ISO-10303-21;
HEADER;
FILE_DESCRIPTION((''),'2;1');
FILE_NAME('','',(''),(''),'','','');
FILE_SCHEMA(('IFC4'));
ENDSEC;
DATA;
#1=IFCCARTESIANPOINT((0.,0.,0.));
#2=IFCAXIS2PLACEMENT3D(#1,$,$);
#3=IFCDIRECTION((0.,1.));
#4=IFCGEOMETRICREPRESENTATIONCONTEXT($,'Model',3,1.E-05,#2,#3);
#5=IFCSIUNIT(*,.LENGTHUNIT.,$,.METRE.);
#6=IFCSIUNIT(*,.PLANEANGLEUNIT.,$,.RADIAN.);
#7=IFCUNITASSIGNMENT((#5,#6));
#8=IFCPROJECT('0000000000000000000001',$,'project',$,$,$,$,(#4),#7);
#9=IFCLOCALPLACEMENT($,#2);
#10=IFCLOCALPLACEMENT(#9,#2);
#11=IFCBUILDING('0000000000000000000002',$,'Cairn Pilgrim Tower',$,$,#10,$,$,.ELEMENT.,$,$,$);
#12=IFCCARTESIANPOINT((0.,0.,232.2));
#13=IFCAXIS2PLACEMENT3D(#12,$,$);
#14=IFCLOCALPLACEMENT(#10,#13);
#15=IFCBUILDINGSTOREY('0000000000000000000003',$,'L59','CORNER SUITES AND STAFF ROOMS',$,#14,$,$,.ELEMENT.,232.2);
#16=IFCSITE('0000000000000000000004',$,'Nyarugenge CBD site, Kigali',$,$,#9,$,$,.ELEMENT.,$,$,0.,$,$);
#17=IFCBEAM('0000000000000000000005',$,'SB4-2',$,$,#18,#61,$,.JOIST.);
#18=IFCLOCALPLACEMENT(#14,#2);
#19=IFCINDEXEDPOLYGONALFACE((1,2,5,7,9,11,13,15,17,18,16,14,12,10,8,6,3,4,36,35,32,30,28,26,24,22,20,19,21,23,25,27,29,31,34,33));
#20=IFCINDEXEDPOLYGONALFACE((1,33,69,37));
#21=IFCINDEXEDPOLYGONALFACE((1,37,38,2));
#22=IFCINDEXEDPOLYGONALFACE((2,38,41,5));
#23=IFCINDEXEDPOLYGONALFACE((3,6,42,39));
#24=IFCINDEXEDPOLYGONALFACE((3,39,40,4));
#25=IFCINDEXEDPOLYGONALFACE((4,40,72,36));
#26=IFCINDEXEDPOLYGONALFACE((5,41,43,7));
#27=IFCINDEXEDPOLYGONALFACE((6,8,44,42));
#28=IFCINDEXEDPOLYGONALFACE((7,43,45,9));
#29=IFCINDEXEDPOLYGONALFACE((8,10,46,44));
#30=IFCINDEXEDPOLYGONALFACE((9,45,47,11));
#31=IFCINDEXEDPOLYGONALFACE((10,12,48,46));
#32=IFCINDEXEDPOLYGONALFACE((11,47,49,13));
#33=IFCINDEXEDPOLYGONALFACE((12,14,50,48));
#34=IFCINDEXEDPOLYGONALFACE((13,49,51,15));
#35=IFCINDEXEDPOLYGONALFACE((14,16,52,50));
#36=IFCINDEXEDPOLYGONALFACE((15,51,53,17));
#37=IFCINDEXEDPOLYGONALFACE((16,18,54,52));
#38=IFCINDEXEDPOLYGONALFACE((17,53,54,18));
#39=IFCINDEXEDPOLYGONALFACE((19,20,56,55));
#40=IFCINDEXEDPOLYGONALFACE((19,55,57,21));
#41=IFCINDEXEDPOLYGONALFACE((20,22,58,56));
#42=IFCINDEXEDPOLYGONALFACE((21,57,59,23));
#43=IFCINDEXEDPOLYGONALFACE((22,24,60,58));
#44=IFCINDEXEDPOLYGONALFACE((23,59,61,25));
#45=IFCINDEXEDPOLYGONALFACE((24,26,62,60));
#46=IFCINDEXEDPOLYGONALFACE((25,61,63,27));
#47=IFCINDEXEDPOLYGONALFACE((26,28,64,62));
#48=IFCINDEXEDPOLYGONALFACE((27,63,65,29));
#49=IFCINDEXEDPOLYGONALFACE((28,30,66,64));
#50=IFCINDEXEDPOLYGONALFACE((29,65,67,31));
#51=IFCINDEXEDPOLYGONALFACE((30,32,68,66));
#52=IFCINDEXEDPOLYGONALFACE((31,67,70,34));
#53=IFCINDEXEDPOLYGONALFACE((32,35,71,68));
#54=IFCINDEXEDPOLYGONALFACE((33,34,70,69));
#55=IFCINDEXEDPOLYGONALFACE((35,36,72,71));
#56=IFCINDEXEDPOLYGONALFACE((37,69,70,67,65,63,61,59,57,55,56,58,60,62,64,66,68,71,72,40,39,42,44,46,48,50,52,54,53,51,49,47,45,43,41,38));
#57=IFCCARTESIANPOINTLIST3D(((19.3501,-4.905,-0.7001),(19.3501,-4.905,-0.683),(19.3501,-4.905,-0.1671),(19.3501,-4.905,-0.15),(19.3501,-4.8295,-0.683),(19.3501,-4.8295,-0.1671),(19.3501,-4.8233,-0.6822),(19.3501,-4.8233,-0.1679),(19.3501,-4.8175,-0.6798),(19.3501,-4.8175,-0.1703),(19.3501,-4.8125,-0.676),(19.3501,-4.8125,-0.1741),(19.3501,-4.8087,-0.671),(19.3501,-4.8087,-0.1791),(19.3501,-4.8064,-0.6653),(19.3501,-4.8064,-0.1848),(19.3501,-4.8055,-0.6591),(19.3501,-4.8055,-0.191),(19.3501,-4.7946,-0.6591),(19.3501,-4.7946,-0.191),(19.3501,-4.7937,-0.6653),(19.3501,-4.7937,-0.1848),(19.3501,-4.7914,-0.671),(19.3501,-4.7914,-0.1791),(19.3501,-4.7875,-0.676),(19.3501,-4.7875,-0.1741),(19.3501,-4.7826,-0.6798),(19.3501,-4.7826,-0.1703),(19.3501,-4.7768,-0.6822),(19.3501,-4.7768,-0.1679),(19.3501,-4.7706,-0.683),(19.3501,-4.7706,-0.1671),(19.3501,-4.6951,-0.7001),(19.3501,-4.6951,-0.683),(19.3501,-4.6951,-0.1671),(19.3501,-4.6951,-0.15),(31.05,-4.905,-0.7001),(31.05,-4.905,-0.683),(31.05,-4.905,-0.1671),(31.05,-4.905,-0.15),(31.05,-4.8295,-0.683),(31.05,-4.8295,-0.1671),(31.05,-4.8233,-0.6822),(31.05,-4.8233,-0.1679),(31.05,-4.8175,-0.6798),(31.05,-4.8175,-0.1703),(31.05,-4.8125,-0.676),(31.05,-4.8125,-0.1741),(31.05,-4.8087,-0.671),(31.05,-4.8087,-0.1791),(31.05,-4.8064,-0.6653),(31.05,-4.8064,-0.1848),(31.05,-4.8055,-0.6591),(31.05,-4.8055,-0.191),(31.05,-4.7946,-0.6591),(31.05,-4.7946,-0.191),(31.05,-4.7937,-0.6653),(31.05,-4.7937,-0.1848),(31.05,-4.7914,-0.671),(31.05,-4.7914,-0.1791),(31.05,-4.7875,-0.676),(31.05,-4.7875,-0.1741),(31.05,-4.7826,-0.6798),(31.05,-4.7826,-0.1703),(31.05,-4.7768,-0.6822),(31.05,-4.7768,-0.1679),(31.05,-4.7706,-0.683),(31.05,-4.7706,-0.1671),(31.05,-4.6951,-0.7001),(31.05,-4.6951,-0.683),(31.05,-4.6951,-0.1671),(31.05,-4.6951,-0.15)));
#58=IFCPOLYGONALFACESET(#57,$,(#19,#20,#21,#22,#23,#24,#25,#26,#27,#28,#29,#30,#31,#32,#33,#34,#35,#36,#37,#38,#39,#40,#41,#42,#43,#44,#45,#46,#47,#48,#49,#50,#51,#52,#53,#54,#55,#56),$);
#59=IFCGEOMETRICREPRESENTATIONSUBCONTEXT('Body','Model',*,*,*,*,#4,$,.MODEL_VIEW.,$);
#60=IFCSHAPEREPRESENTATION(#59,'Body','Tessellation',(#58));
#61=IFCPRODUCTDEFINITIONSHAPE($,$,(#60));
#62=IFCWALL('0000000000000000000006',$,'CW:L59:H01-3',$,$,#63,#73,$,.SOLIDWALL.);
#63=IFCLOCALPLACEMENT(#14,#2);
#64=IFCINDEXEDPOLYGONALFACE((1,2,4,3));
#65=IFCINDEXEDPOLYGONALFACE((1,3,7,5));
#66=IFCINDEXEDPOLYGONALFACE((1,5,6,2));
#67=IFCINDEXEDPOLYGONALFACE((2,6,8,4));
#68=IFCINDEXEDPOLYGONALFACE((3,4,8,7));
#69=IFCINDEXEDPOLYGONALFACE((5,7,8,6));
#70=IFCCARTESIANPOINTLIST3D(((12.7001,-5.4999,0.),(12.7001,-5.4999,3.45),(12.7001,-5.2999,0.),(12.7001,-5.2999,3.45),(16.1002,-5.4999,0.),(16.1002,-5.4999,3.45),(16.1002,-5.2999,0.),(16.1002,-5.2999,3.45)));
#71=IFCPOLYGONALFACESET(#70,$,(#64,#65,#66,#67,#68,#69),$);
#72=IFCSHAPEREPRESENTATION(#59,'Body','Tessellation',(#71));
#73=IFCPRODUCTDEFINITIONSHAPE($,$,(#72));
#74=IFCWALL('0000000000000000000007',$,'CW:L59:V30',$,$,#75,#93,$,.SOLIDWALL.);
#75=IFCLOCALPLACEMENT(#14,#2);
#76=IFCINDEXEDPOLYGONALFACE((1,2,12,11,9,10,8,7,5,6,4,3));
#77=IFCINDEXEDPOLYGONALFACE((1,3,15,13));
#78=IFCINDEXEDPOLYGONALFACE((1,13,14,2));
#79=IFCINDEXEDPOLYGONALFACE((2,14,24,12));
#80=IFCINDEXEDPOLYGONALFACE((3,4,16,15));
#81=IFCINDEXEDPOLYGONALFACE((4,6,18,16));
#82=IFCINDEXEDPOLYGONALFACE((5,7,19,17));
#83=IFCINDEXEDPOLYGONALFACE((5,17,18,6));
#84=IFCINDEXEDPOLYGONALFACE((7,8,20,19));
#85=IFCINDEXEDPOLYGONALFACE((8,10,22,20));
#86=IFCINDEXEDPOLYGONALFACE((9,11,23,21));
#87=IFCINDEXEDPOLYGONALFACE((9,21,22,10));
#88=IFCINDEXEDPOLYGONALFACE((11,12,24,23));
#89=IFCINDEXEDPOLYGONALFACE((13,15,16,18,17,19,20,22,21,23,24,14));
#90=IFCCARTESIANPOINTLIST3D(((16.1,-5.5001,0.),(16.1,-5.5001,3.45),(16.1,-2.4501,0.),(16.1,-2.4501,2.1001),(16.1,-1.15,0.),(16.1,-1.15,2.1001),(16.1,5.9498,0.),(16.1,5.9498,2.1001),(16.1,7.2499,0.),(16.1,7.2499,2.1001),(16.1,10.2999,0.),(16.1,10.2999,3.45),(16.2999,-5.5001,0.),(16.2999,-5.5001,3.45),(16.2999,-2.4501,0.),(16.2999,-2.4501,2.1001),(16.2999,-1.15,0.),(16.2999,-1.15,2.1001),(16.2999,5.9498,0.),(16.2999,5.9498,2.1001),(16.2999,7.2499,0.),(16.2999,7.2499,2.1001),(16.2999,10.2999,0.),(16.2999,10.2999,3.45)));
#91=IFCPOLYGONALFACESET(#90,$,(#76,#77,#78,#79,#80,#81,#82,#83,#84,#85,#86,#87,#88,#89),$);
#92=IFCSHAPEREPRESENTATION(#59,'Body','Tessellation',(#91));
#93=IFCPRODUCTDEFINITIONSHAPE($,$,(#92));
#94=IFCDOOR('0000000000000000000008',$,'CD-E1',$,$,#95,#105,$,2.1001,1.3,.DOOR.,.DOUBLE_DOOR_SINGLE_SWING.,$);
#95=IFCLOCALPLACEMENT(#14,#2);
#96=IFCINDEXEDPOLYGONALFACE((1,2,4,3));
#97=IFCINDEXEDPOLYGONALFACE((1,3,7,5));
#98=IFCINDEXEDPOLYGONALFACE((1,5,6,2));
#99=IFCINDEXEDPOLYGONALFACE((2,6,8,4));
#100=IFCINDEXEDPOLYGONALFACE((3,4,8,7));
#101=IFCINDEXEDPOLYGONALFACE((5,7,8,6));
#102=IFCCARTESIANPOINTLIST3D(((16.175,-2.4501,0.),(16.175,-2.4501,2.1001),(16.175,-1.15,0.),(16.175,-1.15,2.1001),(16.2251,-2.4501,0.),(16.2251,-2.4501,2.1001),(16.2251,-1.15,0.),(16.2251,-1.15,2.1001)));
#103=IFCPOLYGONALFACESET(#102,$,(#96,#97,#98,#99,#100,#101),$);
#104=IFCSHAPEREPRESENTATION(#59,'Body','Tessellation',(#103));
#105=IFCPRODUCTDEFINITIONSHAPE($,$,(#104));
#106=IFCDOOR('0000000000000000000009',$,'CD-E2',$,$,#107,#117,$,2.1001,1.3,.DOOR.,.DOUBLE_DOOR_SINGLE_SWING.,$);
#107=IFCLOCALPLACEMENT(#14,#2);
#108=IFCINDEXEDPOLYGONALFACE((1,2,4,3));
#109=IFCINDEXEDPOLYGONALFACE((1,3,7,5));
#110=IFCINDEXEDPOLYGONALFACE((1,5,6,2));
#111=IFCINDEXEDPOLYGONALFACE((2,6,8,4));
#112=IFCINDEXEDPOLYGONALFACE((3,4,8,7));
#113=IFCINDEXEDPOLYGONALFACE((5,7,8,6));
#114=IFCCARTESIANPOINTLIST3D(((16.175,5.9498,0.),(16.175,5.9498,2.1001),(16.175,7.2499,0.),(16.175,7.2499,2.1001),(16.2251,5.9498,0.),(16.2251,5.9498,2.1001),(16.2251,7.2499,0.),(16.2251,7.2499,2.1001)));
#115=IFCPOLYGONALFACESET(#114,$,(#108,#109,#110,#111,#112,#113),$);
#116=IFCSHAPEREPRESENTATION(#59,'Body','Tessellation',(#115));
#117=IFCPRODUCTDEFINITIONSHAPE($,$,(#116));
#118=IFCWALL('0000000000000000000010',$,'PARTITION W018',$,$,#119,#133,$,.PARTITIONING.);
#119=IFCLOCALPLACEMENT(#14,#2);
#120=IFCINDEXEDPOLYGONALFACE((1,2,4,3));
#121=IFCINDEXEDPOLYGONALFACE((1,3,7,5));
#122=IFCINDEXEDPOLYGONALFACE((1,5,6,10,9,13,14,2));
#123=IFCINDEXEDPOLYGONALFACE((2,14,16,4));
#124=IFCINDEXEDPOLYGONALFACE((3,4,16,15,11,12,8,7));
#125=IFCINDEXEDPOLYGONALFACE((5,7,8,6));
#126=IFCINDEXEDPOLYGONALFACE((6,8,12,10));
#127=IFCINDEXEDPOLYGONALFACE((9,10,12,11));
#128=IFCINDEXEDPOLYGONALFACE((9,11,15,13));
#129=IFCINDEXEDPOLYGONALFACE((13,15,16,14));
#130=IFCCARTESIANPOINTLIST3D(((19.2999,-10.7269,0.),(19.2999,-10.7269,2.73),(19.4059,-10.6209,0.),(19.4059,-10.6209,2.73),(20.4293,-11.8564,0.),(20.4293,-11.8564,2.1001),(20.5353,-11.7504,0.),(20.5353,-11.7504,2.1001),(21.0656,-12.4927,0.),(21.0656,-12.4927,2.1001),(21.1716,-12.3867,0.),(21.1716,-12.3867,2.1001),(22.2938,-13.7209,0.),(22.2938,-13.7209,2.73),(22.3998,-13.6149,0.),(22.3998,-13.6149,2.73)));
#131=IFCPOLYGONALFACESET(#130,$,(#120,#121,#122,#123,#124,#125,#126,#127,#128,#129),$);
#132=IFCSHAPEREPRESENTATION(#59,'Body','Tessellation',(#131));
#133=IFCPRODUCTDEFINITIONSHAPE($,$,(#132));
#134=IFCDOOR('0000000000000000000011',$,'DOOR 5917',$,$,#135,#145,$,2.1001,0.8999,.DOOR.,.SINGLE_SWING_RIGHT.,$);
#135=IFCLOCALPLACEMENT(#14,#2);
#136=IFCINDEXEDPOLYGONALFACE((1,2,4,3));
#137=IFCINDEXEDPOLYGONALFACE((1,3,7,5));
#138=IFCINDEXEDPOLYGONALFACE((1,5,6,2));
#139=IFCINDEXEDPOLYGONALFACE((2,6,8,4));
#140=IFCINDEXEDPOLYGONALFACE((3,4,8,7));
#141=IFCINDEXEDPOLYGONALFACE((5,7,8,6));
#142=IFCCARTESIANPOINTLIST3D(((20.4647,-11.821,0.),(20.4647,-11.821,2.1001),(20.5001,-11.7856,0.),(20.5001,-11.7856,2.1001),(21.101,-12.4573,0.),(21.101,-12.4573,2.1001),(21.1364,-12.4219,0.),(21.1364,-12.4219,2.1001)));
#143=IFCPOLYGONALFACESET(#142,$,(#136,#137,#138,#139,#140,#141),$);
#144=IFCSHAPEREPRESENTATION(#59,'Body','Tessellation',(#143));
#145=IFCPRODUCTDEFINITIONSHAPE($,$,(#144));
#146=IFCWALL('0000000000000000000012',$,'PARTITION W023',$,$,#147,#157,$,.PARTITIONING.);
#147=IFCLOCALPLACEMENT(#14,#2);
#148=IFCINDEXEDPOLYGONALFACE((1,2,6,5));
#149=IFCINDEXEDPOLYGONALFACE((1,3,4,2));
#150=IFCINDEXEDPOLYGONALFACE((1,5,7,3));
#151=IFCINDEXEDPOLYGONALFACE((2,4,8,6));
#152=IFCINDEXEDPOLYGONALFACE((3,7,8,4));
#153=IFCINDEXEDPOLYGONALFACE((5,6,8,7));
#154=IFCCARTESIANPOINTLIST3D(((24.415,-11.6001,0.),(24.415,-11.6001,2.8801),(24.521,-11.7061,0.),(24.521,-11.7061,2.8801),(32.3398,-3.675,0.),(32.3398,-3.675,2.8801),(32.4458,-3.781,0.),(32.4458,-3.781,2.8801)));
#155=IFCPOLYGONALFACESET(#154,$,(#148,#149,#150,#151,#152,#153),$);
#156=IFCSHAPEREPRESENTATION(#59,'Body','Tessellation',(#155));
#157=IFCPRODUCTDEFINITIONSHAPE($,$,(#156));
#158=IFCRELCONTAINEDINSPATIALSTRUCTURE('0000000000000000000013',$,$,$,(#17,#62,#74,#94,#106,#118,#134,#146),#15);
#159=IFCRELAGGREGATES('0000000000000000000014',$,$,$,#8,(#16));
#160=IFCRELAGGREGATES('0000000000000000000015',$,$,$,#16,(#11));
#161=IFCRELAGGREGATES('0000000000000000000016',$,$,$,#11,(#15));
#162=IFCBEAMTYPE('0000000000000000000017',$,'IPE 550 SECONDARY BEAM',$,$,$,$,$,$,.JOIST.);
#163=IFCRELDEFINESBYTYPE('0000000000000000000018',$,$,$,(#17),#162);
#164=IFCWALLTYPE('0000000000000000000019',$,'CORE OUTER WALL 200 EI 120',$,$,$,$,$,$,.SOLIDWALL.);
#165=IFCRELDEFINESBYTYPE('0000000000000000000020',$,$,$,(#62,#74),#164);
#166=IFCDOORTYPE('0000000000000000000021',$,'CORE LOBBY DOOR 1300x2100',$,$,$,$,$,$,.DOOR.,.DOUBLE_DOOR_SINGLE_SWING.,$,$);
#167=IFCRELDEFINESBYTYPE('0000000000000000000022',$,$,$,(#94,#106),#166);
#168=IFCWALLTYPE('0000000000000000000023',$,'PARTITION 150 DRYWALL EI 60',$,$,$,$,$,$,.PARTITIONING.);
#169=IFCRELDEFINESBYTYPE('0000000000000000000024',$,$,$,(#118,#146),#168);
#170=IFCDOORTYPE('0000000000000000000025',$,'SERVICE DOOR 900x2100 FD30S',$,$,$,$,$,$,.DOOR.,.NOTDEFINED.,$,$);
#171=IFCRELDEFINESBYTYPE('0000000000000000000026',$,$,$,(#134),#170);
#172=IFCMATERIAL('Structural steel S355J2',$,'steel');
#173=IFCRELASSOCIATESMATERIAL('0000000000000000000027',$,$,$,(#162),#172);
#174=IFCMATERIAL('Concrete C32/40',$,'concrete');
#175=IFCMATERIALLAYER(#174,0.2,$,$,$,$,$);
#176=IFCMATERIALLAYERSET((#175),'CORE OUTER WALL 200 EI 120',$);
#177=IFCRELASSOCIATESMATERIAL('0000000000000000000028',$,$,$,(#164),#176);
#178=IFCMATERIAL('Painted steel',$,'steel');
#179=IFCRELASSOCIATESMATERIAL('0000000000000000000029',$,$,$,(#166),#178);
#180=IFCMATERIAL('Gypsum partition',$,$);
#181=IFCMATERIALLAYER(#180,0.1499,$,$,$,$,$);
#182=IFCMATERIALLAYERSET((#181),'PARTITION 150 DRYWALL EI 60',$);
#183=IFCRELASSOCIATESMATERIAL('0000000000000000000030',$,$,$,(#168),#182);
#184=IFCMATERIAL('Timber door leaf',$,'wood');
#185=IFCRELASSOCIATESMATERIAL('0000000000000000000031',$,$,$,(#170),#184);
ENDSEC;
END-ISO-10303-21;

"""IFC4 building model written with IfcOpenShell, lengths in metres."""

from ifc_helpers import new_model, si_unit, direction, frame, frame_2d, origin, origin_2d, place, context, subcontext, project, spatial, rectangle, i_section, extrude, material, layer, layer_set, material_profile, profile_set, type_object, element, fill, save


model = new_model("IFC4")

# Units and contexts
model_context = context("Model", 3, precision=1e-05, world=origin(), true_north=direction((0.0, 1.0)))
body_context = subcontext(model_context, "Body", "Model", "MODEL_VIEW")
ifc_project = project(units=[si_unit("LENGTHUNIT", "METRE"), si_unit("PLANEANGLEUNIT", "RADIAN")], contexts=[model_context])

# Site, building, storey
site_placement = place(None, origin())
site = spatial("IfcSite", under=ifc_project, at=site_placement, Name="Nyarugenge CBD site, Kigali", CompositionType="ELEMENT", RefElevation=0.0)
building_placement = place(site_placement, origin())
building = spatial("IfcBuilding", under=site, at=building_placement, Name="Cairn Pilgrim Tower", CompositionType="ELEMENT")
storey_placement = place(building_placement, frame((0.0, 0.0, 232.2)))
storey = spatial("IfcBuildingStorey", under=building, at=storey_placement, Name="L59", Description="CORNER SUITES AND STAFF ROOMS", CompositionType="ELEMENT", Elevation=232.2)

# Shared definitions
ifc_material_1 = material(Name="Structural steel S355J2", Category="steel")

# Beam
ifc_material_profile_1 = material_profile(ifc_material_1, i_section(OverallWidth=0.21, OverallDepth=0.55, WebThickness=0.011, FlangeThickness=0.0171, FilletRadius=0.0239, at=origin_2d()), Name="IPE 550")
ifc_profile_set_1 = profile_set([ifc_material_profile_1], Name="Structural steel S355J2")
beam_type_1 = type_object("IfcBeamType", Name="IPE 550 SECONDARY BEAM", PredefinedType="JOIST", material=ifc_profile_set_1)
for number, where, z_axis, x_axis, name in (
    (1, (19.3501, -4.8, -0.425), (1.0, 0.0, 0.0), (0.0, 1.0, 0.0), "SB4-2"),
):
    element("IfcBeam", number, at=place(storey_placement, frame(where, z_axis=z_axis, x_axis=x_axis)), inside=storey, type_object=beam_type_1, Name=name, PredefinedType="JOIST", context=body_context, shape_type="SweptSolid", body=[
        extrude(i_section(OverallWidth=0.21, OverallDepth=0.55, WebThickness=0.011, FlangeThickness=0.0171, FilletRadius=0.0239, at=origin_2d()), origin(), (0.0, 0.0, 1.0), 11.7),
    ])

# Wall
ifc_material_2 = material(Name="Concrete C32/40", Category="concrete")
ifc_layer_1 = layer(ifc_material_2, 0.2)
ifc_layer_set_1 = layer_set([ifc_layer_1], Name="CORE OUTER WALL 200 EI 120")
wall_type_1 = type_object("IfcWallType", Name="CORE OUTER WALL 200 EI 120", PredefinedType="SOLIDWALL", material=ifc_layer_set_1)
wall_1_placement = place(storey_placement, frame((12.7, -5.3999, 0.0), z_axis=(0.0, 0.0, 1.0), x_axis=(1.0, 0.0, 0.0)))
element("IfcWall", 2, at=wall_1_placement, inside=storey, type_object=wall_type_1, Name="CW:L59:H01-3", PredefinedType="SOLIDWALL", context=body_context, shape_type="SweptSolid", body=[
    extrude(rectangle(XDim=3.4001, YDim=0.2, at=frame_2d((1.7002, 0.0))), origin(), (0.0, 0.0, 1.0), 3.45),
])

# Wall, openings, doors
wall_2_placement = place(storey_placement, frame((16.2, -5.5, 0.0), z_axis=(0.0, 0.0, 1.0), x_axis=(0.0, 1.0, 0.0)))
wall_2 = element("IfcWall", 3, at=wall_2_placement, inside=storey, type_object=wall_type_1, Name="CW:L59:V30", PredefinedType="SOLIDWALL", context=body_context, shape_type="SweptSolid", body=[
    extrude(rectangle(XDim=15.8, YDim=0.2, at=frame_2d((7.8999, 0.0))), origin(), (0.0, 0.0, 1.0), 3.45),
])
opening_1_placement = place(wall_2_placement, frame((3.05, 0.0, 0.0)))
opening_1 = element("IfcOpeningElement", 4, at=opening_1_placement, cuts=wall_2, PredefinedType="OPENING", context=body_context, shape_type="SweptSolid", body=[
    extrude(rectangle(XDim=1.3, YDim=2.1001, at=frame_2d((0.6499, 1.05))), frame((0.0, 0.1099, 0.0), z_axis=(0.0, -1.0, 0.0), x_axis=(1.0, 0.0, 0.0)), (0.0, 0.0, 1.0), 0.22),
])
opening_2_placement = place(wall_2_placement, frame((11.45, 0.0, 0.0)))
opening_2 = element("IfcOpeningElement", 5, at=opening_2_placement, cuts=wall_2, PredefinedType="OPENING", context=body_context, shape_type="SweptSolid", body=[
    extrude(rectangle(XDim=1.3, YDim=2.1001, at=frame_2d((0.6499, 1.05))), frame((0.0, 0.1099, 0.0), z_axis=(0.0, -1.0, 0.0), x_axis=(1.0, 0.0, 0.0)), (0.0, 0.0, 1.0), 0.22),
])
ifc_material_3 = material(Name="Painted steel", Category="steel")
door_type_1 = type_object("IfcDoorType", Name="CORE LOBBY DOOR 1300x2100", OperationType="DOUBLE_DOOR_SINGLE_SWING", PredefinedType="DOOR", material=ifc_material_3)
door_1_placement = place(opening_1_placement, origin())
door_1 = element("IfcDoor", 6, at=door_1_placement, inside=storey, type_object=door_type_1, Name="CD-E1", OperationType="DOUBLE_DOOR_SINGLE_SWING", OverallHeight=2.1001, OverallWidth=1.3, PredefinedType="DOOR", context=body_context, shape_type="SweptSolid", body=[
    extrude(rectangle(XDim=1.3, YDim=2.1001, at=frame_2d((0.6499, 1.05))), frame((0.0, 0.0249, 0.0), z_axis=(0.0, -1.0, 0.0), x_axis=(1.0, 0.0, 0.0)), (0.0, 0.0, 1.0), 0.05),
])
fill(opening_1, door_1)
door_2_placement = place(opening_2_placement, origin())
door_2 = element("IfcDoor", 7, at=door_2_placement, inside=storey, type_object=door_type_1, Name="CD-E2", OperationType="DOUBLE_DOOR_SINGLE_SWING", OverallHeight=2.1001, OverallWidth=1.3, PredefinedType="DOOR", context=body_context, shape_type="SweptSolid", body=[
    extrude(rectangle(XDim=1.3, YDim=2.1001, at=frame_2d((0.6499, 1.05))), frame((0.0, 0.0249, 0.0), z_axis=(0.0, -1.0, 0.0), x_axis=(1.0, 0.0, 0.0)), (0.0, 0.0, 1.0), 0.05),
])
fill(opening_2, door_2)

# Wall, opening, door
ifc_material_4 = material(Name="Gypsum partition")
ifc_layer_2 = layer(ifc_material_4, 0.1499)
ifc_layer_set_2 = layer_set([ifc_layer_2], Name="PARTITION 150 DRYWALL EI 60")
wall_type_2 = type_object("IfcWallType", Name="PARTITION 150 DRYWALL EI 60", PredefinedType="PARTITIONING", material=ifc_layer_set_2)
wall_3_placement = place(storey_placement, frame((22.3469, -13.668, 0.0), z_axis=(0.0, 0.0, 1.0), x_axis=(-0.707107, 0.707107, 0.0)))
wall_3 = element("IfcWall", 8, at=wall_3_placement, inside=storey, type_object=wall_type_2, Name="PARTITION W018", PredefinedType="PARTITIONING", context=body_context, shape_type="SweptSolid", body=[
    extrude(rectangle(XDim=4.2341, YDim=0.1499, at=frame_2d((2.1172, 0.0))), origin(), (0.0, 0.0, 1.0), 2.73),
])
opening_3_placement = place(wall_3_placement, frame((1.7371, 0.0, 0.0)))
opening_3 = element("IfcOpeningElement", 9, at=opening_3_placement, cuts=wall_3, PredefinedType="OPENING", context=body_context, shape_type="SweptSolid", body=[
    extrude(rectangle(XDim=0.8999, YDim=2.1001, at=frame_2d((0.45, 1.05))), frame((0.0, 0.085, 0.0), z_axis=(0.0, -1.0, 0.0), x_axis=(1.0, 0.0, 0.0)), (0.0, 0.0, 1.0), 0.1699),
])
ifc_material_5 = material(Name="Timber door leaf", Category="wood")
door_type_2 = type_object("IfcDoorType", Name="SERVICE DOOR 900x2100 FD30S", OperationType="NOTDEFINED", PredefinedType="DOOR", material=ifc_material_5)
door_3_placement = place(opening_3_placement, origin())
door_3 = element("IfcDoor", 10, at=door_3_placement, inside=storey, type_object=door_type_2, Name="DOOR 5917", OperationType="SINGLE_SWING_RIGHT", OverallHeight=2.1001, OverallWidth=0.8999, PredefinedType="DOOR", context=body_context, shape_type="SweptSolid", body=[
    extrude(rectangle(XDim=0.8999, YDim=2.1001, at=frame_2d((0.45, 1.05))), frame((0.0, 0.0249, 0.0), z_axis=(0.0, -1.0, 0.0), x_axis=(1.0, 0.0, 0.0)), (0.0, 0.0, 1.0), 0.05),
])
fill(opening_3, door_3)

# Wall
wall_4_placement = place(storey_placement, frame((24.468, -11.6531, 0.0), z_axis=(0.0, 0.0, 1.0), x_axis=(0.707096, 0.707118, 0.0)))
element("IfcWall", 11, at=wall_4_placement, inside=storey, type_object=wall_type_2, Name="PARTITION W023", PredefinedType="PARTITIONING", context=body_context, shape_type="SweptSolid", body=[
    extrude(rectangle(XDim=11.2075, YDim=0.1499, at=frame_2d((5.6038, 0.0))), origin(), (0.0, 0.0, 1.0), 2.8801),
])

save(model, "model.ifc")
